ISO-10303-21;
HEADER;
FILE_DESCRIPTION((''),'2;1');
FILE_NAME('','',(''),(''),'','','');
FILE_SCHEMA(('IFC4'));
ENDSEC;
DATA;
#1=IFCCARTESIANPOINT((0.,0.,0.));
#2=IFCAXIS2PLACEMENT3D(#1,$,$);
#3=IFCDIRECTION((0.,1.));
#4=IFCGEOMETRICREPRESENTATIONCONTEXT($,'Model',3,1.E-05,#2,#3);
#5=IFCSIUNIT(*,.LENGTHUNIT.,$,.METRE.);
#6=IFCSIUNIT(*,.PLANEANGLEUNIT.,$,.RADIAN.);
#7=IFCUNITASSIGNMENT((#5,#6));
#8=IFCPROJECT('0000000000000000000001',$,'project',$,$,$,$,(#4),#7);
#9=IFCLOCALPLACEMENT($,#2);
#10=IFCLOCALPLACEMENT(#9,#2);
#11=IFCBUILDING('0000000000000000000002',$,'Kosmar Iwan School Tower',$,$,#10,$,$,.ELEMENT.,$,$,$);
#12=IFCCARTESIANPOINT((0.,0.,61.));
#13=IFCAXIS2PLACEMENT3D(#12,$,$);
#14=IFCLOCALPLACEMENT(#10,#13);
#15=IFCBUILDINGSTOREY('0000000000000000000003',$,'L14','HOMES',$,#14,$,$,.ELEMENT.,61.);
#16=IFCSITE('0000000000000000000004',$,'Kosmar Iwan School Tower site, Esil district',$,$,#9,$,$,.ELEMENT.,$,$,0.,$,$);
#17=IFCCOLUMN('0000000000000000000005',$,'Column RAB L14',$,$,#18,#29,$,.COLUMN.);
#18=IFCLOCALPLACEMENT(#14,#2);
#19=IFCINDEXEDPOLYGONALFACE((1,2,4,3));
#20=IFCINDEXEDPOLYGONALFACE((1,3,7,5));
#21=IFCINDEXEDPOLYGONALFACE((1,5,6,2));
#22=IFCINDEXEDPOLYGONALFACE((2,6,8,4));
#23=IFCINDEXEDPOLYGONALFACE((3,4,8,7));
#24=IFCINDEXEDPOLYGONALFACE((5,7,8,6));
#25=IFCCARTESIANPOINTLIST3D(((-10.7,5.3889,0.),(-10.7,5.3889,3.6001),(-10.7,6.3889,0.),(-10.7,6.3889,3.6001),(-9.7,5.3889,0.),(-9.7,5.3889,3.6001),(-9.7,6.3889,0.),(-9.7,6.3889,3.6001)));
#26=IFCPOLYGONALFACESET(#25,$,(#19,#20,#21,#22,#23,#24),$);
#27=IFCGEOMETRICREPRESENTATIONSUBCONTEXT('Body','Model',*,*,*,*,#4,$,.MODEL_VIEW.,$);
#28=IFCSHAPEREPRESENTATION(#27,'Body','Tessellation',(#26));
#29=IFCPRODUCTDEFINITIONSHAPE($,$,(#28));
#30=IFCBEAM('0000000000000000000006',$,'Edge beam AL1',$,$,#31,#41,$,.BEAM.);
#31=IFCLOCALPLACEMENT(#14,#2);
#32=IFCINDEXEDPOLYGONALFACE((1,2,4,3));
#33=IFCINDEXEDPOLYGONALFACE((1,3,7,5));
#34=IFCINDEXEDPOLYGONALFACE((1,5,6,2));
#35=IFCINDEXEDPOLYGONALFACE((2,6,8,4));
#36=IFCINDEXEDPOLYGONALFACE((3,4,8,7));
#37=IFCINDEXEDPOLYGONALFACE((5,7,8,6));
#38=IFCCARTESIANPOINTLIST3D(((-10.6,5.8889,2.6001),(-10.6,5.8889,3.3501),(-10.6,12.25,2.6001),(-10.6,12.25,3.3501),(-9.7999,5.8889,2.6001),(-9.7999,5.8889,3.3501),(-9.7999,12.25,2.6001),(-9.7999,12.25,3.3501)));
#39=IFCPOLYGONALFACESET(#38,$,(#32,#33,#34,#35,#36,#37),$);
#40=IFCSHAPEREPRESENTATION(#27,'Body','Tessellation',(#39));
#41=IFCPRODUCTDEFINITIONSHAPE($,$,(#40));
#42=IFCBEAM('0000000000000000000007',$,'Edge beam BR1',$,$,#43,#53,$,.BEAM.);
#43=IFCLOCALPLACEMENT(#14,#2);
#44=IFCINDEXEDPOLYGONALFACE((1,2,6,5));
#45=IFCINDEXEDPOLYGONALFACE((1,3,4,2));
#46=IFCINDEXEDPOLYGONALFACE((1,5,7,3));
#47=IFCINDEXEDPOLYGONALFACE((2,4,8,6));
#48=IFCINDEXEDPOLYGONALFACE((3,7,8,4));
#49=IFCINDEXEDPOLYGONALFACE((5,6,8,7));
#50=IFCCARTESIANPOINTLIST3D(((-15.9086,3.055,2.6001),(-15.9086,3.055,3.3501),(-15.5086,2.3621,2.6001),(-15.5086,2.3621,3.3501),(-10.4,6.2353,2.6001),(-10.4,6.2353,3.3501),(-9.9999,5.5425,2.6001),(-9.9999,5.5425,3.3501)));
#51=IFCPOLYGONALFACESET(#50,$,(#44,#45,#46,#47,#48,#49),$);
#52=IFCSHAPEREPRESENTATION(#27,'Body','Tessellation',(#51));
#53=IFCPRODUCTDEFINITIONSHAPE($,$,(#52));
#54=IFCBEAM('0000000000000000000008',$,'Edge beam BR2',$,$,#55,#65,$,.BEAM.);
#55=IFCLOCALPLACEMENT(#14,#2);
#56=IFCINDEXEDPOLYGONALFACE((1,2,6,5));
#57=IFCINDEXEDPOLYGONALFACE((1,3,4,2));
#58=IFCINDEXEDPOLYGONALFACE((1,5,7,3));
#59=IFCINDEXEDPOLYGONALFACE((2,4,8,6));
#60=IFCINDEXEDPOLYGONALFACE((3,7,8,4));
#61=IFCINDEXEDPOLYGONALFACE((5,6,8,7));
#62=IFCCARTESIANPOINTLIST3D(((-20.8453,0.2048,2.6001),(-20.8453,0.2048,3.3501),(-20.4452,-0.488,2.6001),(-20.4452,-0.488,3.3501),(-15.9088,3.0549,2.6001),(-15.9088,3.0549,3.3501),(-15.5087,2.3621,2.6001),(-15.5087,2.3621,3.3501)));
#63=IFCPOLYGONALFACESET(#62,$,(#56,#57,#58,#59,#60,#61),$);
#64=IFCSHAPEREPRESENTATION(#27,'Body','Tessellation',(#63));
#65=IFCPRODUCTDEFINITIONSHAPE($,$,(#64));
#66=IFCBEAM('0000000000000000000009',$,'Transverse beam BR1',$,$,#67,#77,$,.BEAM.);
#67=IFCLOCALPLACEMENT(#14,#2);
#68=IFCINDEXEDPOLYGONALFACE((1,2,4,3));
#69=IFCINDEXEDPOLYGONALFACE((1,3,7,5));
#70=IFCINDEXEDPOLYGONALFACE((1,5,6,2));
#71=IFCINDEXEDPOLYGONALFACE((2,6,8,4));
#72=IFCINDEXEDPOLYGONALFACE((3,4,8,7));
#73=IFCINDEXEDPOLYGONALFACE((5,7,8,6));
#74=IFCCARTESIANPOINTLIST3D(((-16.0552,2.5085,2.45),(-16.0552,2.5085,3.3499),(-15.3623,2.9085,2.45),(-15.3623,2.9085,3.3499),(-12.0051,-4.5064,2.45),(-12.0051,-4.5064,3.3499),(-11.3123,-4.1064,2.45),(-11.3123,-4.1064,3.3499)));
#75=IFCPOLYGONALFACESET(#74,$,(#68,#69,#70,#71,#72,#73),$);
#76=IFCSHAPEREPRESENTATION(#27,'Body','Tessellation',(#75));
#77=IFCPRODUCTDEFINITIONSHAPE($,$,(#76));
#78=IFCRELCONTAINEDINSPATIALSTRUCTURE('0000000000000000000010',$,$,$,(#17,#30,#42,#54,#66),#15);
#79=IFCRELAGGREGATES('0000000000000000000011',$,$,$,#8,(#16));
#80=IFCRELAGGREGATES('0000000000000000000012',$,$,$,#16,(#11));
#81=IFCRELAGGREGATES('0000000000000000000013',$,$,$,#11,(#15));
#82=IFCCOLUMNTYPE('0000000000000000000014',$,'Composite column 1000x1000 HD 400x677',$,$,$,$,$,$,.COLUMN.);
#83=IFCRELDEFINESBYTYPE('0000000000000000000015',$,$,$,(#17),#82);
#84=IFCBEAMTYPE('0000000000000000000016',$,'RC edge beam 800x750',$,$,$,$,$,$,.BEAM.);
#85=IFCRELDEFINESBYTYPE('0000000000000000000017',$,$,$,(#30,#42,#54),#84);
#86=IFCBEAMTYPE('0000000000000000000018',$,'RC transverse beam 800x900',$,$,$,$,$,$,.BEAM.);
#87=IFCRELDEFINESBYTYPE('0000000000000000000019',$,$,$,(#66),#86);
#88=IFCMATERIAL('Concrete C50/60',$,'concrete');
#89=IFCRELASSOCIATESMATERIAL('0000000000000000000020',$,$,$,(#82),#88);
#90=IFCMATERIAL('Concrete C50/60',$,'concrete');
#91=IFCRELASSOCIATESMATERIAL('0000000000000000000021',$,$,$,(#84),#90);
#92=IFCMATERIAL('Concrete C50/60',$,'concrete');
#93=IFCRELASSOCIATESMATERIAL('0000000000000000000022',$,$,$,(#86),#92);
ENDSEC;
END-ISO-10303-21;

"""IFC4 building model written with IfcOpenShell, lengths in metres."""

from ifc_helpers import new_model, si_unit, direction, frame, origin, origin_2d, place, context, subcontext, project, spatial, rectangle, extrude, material, material_profile, profile_set, type_object, element, save


model = new_model("IFC4")

# Units and contexts
model_context = context("Model", 3, precision=1e-05, world=origin(), true_north=direction((0.0, 1.0)))
body_context = subcontext(model_context, "Body", "Model", "MODEL_VIEW")
ifc_project = project(units=[si_unit("LENGTHUNIT", "METRE"), si_unit("PLANEANGLEUNIT", "RADIAN")], contexts=[model_context])

# Site, building, storey
site_placement = place(None, origin())
site = spatial("IfcSite", under=ifc_project, at=site_placement, Name="Kosmar Iwan School Tower site, Esil district", CompositionType="ELEMENT", RefElevation=0.0)
building_placement = place(site_placement, origin())
building = spatial("IfcBuilding", under=site, at=building_placement, Name="Kosmar Iwan School Tower", CompositionType="ELEMENT")
storey_placement = place(building_placement, frame((0.0, 0.0, 61.0)))
storey = spatial("IfcBuildingStorey", under=building, at=storey_placement, Name="L14", Description="HOMES", CompositionType="ELEMENT", Elevation=61.0)

# Column
ifc_material_1 = material(Name="Concrete C50/60", Category="concrete")
ifc_material_profile_1 = material_profile(ifc_material_1, rectangle(XDim=1.0, YDim=1.0, at=origin_2d()), Name="RC 1000x1000 + HD 400x677")
ifc_profile_set_1 = profile_set([ifc_material_profile_1], Name="Concrete C50/60")
column_type = type_object("IfcColumnType", Name="Composite column 1000x1000 HD 400x677", PredefinedType="COLUMN", material=ifc_profile_set_1)
column_placement = place(storey_placement, frame((-10.2, 5.8889, 0.0), z_axis=(0.0, 0.0, 1.0), x_axis=(1.0, 0.0, 0.0)))
element("IfcColumn", 1, at=column_placement, inside=storey, type_object=column_type, Name="Column RAB L14", PredefinedType="COLUMN", context=body_context, shape_type="SweptSolid", body=[
    extrude(rectangle(XDim=1.0, YDim=1.0, at=origin_2d()), origin(), (0.0, 0.0, 1.0), 3.6001),
])

# Beams
ifc_material_2 = material(Name="Concrete C50/60", Category="concrete")
ifc_material_profile_2 = material_profile(ifc_material_2, rectangle(XDim=0.8, YDim=0.75, at=origin_2d()), Name="RC 800x750")
ifc_profile_set_2 = profile_set([ifc_material_profile_2], Name="Concrete C50/60")
beam_type_1 = type_object("IfcBeamType", Name="RC edge beam 800x750", PredefinedType="BEAM", material=ifc_profile_set_2)
beam_1_placement = place(storey_placement, frame((-10.2, 5.8889, 2.9751), z_axis=(0.0, 1.0, 0.0), x_axis=(-1.0, 0.0, 0.0)))
element("IfcBeam", 2, at=beam_1_placement, inside=storey, type_object=beam_type_1, Name="Edge beam AL1", PredefinedType="BEAM", context=body_context, shape_type="SweptSolid", body=[
    extrude(rectangle(XDim=0.8, YDim=0.75, at=origin_2d()), origin(), (0.0, 0.0, 1.0), 6.3611),
])
beam_2_placement = place(storey_placement, frame((-10.2, 5.8889, 2.9751), z_axis=(-0.866031, -0.49999, 0.0), x_axis=(0.49999, -0.866031, 0.0)))
element("IfcBeam", 3, at=beam_2_placement, inside=storey, type_object=beam_type_1, Name="Edge beam BR1", PredefinedType="BEAM", context=body_context, shape_type="SweptSolid", body=[
    extrude(rectangle(XDim=0.8, YDim=0.75, at=origin_2d()), origin(), (0.0, 0.0, 1.0), 6.3608),
])
beam_3_placement = place(storey_placement, frame((-15.7087, 2.7085, 2.9751), z_axis=(-0.866026, -0.499999, 0.0), x_axis=(0.499999, -0.866026, 0.0)))
element("IfcBeam", 4, at=beam_3_placement, inside=storey, type_object=beam_type_1, Name="Edge beam BR2", PredefinedType="BEAM", context=body_context, shape_type="SweptSolid", body=[
    extrude(rectangle(XDim=0.8, YDim=0.75, at=origin_2d()), origin(), (0.0, 0.0, 1.0), 5.7002),
])
ifc_material_3 = material(Name="Concrete C50/60", Category="concrete")
ifc_material_profile_3 = material_profile(ifc_material_3, rectangle(XDim=0.8, YDim=0.8999, at=origin_2d()), Name="RC 800x900")
ifc_profile_set_3 = profile_set([ifc_material_profile_3], Name="Concrete C50/60")
beam_type_2 = type_object("IfcBeamType", Name="RC transverse beam 800x900", PredefinedType="BEAM", material=ifc_profile_set_3)
beam_4_placement = place(storey_placement, frame((-15.7087, 2.7085, 2.8999), z_axis=(0.5, -0.866025, 0.0), x_axis=(0.866025, 0.5, 0.0)))
element("IfcBeam", 5, at=beam_4_placement, inside=storey, type_object=beam_type_2, Name="Transverse beam BR1", PredefinedType="BEAM", context=body_context, shape_type="SweptSolid", body=[
    extrude(rectangle(XDim=0.8, YDim=0.8999, at=origin_2d()), origin(), (0.0, 0.0, 1.0), 8.1001),
])

save(model, "model.ifc")
